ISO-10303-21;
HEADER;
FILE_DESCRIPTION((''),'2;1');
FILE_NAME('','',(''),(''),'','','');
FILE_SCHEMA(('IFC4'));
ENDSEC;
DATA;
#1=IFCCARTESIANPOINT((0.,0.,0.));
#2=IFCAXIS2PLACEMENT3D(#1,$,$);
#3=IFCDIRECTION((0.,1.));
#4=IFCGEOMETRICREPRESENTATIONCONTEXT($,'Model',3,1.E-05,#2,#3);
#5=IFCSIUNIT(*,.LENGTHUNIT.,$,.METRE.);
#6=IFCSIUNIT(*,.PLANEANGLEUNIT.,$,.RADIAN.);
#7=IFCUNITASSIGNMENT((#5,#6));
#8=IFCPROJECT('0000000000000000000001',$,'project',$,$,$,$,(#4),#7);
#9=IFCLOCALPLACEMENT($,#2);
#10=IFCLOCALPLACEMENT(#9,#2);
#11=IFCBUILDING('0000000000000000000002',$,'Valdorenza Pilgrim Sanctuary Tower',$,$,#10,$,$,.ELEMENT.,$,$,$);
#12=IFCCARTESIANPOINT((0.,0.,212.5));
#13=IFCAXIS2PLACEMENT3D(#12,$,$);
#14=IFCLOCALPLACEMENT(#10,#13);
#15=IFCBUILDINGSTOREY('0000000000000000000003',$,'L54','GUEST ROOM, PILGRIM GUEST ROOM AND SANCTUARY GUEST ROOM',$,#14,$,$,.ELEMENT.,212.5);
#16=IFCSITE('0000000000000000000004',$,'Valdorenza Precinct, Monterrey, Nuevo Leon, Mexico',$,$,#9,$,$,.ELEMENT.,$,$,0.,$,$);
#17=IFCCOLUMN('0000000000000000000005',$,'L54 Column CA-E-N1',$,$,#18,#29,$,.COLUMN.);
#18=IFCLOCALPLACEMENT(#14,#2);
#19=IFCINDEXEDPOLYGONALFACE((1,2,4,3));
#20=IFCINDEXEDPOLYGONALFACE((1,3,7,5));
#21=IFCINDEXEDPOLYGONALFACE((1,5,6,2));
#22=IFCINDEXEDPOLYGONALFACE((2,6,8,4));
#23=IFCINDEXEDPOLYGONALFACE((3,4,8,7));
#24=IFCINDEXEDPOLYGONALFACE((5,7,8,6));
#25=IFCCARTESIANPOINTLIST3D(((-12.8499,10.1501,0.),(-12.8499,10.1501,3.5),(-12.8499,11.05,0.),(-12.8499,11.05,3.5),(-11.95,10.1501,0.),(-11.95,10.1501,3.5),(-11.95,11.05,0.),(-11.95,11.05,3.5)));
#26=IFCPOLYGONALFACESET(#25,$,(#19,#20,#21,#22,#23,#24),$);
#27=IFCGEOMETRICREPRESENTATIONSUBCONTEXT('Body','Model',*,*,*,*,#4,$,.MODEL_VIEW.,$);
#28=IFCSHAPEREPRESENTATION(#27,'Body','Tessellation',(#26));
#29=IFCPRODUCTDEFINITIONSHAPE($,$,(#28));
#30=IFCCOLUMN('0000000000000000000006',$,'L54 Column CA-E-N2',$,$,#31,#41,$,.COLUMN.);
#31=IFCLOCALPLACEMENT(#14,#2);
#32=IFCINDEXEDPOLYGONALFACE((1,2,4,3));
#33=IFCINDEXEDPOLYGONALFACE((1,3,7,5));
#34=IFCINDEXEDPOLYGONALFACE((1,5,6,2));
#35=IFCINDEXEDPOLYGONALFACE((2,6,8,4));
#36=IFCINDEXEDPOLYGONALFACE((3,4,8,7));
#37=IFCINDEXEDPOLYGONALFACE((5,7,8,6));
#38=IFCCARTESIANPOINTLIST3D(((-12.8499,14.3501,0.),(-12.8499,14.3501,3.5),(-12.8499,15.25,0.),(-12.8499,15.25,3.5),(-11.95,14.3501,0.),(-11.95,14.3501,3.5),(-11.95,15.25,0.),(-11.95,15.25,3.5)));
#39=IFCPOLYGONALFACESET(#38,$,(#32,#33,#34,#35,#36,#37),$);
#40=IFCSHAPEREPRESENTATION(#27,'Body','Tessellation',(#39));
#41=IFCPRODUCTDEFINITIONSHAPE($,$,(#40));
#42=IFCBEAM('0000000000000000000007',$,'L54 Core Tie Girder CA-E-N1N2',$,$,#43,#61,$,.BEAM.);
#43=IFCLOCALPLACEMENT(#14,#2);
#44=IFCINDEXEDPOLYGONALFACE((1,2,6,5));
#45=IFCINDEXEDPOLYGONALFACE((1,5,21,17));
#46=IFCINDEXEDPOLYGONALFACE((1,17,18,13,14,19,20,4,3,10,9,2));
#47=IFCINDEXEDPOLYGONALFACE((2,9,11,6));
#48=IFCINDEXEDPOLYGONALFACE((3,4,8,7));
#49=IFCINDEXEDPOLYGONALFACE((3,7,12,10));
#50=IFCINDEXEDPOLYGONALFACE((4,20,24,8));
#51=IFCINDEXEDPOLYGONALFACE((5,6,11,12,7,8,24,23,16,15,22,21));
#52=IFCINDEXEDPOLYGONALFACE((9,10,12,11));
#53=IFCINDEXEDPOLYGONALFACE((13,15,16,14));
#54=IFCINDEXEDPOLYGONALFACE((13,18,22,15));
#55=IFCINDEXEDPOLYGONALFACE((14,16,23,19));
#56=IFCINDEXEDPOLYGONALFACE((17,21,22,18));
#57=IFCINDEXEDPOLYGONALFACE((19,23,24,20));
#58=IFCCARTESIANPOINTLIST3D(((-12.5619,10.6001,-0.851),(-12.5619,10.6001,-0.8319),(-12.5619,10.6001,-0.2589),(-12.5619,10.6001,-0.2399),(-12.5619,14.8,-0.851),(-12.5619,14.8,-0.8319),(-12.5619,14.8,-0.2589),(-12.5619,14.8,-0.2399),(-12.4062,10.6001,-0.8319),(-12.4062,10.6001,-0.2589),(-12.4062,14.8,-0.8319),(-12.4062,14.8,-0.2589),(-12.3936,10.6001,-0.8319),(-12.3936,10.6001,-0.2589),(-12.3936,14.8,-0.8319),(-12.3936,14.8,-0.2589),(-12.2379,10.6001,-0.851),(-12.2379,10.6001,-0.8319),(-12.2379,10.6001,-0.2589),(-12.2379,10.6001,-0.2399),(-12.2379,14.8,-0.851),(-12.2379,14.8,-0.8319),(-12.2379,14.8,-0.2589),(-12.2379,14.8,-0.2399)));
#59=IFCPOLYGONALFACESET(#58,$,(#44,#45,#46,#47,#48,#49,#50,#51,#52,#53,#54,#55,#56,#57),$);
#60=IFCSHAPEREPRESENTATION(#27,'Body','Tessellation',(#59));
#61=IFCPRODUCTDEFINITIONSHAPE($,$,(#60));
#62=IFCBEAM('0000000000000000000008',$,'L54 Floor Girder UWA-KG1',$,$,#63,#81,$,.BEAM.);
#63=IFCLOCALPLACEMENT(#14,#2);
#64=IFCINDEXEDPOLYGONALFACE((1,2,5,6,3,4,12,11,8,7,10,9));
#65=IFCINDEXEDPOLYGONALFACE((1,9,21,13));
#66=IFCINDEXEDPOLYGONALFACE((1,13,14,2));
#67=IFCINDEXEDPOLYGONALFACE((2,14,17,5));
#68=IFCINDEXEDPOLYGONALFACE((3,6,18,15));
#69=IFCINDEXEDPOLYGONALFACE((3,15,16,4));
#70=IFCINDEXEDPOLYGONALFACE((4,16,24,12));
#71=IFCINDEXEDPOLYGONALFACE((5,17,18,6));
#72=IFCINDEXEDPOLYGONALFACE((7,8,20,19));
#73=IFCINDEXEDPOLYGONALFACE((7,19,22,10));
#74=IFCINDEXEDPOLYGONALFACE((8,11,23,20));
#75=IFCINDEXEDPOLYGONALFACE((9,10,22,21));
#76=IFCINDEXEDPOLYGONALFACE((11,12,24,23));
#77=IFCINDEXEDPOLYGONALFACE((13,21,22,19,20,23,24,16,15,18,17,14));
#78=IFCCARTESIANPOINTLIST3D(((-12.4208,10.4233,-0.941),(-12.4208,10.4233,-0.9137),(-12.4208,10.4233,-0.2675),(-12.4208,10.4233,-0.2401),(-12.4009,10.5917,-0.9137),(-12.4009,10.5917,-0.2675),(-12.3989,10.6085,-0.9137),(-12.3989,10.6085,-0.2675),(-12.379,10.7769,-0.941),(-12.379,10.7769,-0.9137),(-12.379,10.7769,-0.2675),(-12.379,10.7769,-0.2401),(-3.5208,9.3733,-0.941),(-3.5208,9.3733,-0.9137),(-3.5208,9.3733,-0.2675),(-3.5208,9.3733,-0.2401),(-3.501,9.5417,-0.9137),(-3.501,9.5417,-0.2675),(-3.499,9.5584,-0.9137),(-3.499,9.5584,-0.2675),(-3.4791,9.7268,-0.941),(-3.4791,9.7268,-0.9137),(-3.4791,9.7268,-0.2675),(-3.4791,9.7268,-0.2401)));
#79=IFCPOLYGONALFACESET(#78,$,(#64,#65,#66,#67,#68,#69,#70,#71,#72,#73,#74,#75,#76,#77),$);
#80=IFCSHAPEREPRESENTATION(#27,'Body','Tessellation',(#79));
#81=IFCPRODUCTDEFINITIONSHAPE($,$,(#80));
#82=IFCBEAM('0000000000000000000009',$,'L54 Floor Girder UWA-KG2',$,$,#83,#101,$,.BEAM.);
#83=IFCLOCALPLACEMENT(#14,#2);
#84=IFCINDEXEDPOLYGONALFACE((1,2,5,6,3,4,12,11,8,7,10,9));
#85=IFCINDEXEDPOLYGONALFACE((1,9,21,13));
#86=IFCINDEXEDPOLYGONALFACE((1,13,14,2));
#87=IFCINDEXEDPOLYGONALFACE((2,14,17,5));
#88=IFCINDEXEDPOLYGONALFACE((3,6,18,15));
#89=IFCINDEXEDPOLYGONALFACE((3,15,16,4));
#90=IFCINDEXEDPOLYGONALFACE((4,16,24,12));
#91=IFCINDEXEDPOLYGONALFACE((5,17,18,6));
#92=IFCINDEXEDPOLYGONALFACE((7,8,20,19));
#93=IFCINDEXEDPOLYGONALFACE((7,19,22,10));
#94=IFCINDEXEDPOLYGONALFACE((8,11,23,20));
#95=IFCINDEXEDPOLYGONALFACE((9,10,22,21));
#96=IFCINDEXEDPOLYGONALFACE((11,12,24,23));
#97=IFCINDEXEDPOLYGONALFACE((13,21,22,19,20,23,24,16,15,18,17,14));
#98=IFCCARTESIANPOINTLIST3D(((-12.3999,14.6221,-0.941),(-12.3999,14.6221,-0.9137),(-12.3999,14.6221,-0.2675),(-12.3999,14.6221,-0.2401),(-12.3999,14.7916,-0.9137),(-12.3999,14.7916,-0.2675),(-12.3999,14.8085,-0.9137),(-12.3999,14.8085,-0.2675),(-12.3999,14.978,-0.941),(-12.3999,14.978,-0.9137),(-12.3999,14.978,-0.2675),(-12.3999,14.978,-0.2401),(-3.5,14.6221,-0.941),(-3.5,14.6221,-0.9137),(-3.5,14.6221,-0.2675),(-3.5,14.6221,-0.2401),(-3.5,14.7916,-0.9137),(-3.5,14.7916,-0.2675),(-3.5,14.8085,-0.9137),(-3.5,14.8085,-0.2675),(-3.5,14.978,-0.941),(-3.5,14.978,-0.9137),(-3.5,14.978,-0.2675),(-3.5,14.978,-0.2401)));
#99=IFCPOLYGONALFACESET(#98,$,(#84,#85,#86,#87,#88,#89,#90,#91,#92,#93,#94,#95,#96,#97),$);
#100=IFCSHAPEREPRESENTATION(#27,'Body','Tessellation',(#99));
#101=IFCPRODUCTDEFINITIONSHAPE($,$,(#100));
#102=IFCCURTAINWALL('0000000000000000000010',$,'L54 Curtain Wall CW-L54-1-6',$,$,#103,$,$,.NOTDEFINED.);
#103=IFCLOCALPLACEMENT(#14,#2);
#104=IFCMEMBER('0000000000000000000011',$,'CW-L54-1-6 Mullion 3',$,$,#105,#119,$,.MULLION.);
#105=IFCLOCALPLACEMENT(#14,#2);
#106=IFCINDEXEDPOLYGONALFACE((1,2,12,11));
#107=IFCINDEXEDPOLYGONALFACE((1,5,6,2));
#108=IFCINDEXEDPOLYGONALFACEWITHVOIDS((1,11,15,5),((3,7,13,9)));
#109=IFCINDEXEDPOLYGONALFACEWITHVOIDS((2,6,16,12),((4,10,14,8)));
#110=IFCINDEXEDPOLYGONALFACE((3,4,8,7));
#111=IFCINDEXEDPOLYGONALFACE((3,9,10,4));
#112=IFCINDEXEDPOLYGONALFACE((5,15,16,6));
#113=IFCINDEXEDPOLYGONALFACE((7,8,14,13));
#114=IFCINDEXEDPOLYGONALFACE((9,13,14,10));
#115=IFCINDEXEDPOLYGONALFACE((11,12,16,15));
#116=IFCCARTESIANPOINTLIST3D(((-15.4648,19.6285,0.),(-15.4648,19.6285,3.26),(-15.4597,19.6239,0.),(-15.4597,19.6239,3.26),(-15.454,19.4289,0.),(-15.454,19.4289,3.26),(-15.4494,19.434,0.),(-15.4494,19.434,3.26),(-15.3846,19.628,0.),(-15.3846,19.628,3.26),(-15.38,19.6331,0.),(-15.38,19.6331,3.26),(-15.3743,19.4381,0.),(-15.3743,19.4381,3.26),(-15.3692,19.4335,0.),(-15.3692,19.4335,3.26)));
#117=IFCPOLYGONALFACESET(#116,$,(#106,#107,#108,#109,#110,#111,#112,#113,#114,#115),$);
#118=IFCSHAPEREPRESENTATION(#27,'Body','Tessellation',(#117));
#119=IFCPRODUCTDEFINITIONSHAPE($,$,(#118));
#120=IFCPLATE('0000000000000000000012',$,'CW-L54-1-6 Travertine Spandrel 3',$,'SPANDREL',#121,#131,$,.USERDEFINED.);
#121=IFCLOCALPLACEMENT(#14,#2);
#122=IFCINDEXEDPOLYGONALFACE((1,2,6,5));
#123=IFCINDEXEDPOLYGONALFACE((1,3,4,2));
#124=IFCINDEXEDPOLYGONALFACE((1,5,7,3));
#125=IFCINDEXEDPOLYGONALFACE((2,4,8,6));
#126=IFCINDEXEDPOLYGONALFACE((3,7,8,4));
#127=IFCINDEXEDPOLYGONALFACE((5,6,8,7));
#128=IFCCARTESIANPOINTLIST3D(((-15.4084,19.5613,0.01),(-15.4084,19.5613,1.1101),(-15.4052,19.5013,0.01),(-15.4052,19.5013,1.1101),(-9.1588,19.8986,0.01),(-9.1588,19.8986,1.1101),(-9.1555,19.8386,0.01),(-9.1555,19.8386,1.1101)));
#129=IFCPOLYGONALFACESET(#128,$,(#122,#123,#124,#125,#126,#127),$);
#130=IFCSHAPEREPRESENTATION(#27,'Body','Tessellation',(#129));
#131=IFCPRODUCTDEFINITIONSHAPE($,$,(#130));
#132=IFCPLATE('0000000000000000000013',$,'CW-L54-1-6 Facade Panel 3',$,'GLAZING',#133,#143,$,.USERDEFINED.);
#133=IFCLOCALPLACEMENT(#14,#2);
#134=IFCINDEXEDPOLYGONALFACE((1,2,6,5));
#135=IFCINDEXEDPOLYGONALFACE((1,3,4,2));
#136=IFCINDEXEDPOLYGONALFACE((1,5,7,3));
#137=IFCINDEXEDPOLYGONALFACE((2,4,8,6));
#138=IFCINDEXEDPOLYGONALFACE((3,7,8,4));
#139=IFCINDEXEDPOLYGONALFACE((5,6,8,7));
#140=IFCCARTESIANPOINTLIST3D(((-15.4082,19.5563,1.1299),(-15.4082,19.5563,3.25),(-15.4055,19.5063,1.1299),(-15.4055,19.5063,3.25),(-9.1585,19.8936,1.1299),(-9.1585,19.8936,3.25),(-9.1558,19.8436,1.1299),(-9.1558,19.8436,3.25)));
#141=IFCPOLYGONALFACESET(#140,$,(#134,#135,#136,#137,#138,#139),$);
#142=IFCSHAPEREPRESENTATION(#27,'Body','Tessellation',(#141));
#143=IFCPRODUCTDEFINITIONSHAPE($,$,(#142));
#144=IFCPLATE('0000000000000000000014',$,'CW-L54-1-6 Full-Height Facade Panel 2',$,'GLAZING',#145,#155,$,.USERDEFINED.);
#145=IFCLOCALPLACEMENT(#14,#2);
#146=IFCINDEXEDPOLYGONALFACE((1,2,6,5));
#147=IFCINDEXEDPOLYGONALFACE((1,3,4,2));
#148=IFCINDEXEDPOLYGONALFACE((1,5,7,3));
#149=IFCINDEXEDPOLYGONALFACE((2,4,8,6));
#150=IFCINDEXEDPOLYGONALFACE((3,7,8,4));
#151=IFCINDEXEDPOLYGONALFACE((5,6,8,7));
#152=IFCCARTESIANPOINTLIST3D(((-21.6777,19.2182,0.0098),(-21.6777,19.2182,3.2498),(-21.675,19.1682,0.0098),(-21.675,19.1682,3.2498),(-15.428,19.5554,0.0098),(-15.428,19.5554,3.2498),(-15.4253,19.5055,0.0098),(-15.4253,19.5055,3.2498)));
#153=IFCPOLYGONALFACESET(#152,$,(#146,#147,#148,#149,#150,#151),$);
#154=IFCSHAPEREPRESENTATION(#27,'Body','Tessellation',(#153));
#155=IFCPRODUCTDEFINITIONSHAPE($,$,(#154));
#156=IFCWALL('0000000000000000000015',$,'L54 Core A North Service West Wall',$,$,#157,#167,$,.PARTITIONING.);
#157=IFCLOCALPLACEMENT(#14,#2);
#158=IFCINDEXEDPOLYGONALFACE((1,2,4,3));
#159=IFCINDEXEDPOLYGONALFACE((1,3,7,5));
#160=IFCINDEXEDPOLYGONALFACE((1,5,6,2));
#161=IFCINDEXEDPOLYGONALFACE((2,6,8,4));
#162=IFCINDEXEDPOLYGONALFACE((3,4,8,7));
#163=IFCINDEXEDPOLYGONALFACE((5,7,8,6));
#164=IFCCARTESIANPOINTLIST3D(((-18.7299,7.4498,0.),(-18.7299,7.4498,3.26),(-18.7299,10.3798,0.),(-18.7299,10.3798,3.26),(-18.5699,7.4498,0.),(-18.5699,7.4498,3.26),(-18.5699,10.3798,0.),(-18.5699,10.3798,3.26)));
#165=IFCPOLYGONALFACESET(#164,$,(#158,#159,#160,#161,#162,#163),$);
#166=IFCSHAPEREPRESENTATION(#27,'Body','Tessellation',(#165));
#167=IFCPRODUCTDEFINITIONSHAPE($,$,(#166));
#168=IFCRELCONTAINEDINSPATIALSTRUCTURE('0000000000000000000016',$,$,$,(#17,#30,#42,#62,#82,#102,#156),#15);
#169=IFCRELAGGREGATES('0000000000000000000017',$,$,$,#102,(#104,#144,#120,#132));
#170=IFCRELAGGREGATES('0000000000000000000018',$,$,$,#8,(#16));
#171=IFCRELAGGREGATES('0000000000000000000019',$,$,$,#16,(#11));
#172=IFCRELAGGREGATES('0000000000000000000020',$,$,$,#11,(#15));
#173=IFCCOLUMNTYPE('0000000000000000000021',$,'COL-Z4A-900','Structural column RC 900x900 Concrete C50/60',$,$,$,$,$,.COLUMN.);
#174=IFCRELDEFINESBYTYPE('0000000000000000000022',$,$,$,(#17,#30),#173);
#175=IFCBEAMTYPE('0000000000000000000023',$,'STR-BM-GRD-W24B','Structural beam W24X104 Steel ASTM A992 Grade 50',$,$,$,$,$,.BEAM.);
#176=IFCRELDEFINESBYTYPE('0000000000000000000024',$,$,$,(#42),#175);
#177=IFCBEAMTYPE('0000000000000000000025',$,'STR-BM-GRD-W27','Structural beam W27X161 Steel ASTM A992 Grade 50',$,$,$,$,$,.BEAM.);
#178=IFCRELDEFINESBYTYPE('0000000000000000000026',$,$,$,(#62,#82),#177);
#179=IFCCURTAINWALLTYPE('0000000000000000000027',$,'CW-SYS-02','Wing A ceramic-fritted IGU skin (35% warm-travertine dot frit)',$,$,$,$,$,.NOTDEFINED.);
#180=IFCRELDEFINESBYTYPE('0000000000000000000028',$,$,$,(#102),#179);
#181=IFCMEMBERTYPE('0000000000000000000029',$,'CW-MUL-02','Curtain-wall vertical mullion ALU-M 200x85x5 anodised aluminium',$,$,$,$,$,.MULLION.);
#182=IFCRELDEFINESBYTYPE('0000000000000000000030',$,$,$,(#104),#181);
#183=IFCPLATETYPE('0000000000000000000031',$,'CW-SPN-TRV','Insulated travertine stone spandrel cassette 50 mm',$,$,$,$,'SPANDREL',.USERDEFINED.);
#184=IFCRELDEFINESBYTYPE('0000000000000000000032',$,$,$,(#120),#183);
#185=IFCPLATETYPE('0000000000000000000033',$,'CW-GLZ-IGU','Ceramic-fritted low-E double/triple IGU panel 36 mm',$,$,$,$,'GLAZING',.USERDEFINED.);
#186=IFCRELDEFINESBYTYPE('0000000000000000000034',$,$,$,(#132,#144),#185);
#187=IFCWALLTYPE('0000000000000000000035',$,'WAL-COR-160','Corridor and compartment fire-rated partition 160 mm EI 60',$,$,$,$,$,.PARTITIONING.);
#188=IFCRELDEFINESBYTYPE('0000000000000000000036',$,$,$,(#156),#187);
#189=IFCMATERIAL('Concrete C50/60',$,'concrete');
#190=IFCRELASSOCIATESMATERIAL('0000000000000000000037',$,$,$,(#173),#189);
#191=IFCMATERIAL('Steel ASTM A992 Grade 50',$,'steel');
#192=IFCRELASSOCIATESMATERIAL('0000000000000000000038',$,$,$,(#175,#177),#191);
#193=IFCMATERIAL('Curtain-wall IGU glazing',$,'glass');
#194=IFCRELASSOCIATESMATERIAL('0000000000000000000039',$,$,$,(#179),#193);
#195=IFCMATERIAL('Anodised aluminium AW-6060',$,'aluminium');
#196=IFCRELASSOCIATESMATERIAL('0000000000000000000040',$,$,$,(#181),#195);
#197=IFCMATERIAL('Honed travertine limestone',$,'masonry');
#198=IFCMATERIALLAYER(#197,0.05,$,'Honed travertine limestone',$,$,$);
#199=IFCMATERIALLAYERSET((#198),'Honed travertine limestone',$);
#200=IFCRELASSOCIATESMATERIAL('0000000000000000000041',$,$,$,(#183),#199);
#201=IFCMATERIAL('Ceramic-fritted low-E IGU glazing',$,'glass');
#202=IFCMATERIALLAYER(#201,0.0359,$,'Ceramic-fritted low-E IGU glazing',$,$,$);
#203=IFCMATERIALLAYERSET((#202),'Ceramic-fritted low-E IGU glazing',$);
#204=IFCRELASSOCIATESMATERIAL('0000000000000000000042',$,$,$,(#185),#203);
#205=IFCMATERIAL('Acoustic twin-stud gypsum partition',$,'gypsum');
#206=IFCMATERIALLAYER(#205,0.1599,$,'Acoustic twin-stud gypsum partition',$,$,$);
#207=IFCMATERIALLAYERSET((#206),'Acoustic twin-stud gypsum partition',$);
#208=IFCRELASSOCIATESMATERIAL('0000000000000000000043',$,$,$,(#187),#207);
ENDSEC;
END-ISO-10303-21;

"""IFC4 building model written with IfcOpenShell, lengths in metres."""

from ifc_helpers import new_model, si_unit, direction, frame, frame_2d, origin, origin_2d, place, context, subcontext, project, spatial, rectangle, hollow_rectangle, i_section, extrude, source, transform, mapped, material, layer, layer_set, material_profile, profile_set, type_object, element, aggregate, save


model = new_model("IFC4")

# Units and contexts
model_context = context("Model", 3, precision=1e-05, world=origin(), true_north=direction((0.0, 1.0)))
body_context = subcontext(model_context, "Body", "Model", "MODEL_VIEW")
ifc_project = project(units=[si_unit("LENGTHUNIT", "METRE"), si_unit("PLANEANGLEUNIT", "RADIAN")], contexts=[model_context])

# Site, building, storey
site_placement = place(None, origin())
site = spatial("IfcSite", under=ifc_project, at=site_placement, Name="Valdorenza Precinct, Monterrey, Nuevo Leon, Mexico", CompositionType="ELEMENT", RefElevation=0.0)
building_placement = place(site_placement, origin())
building = spatial("IfcBuilding", under=site, at=building_placement, Name="Valdorenza Pilgrim Sanctuary Tower", CompositionType="ELEMENT")
storey_placement = place(building_placement, frame((0.0, 0.0, 212.5)))
storey = spatial("IfcBuildingStorey", under=building, at=storey_placement, Name="L54", Description="GUEST ROOM, PILGRIM GUEST ROOM AND SANCTUARY GUEST ROOM", CompositionType="ELEMENT", Elevation=212.5)

# Columns
ifc_material_1 = material(Name="Concrete C50/60", Category="concrete")
ifc_material_profile_1 = material_profile(ifc_material_1, rectangle(XDim=0.8999, YDim=0.8999, at=origin_2d()), Name="RC 900x900")
ifc_profile_set_1 = profile_set([ifc_material_profile_1], Name="Concrete C50/60")
column_type = type_object("IfcColumnType", Name="COL-Z4A-900", Description="Structural column RC 900x900 Concrete C50/60", PredefinedType="COLUMN", material=ifc_profile_set_1)
shared_shape_1 = source(origin(), body_context, "Body", "SweptSolid", [
    extrude(rectangle(XDim=0.8999, YDim=0.8999, at=origin_2d()), origin(), (0.0, 0.0, 1.0), 3.5),
])
for number, where, z_axis, x_axis, name in (
    (1, (-12.3999, 10.6001, 0.0), (0.0, 0.0, 1.0), (1.0, 0.0, 0.0), "L54 Column CA-E-N1"),
    (2, (-12.3999, 14.8, 0.0), (0.0, 0.0, 1.0), (1.0, 0.0, 0.0), "L54 Column CA-E-N2"),
):
    element("IfcColumn", number, at=place(storey_placement, frame(where, z_axis=z_axis, x_axis=x_axis)), inside=storey, type_object=column_type, Name=name, PredefinedType="COLUMN", context=body_context, shape_type="MappedRepresentation", body=[
        mapped(shared_shape_1, transform((0.0, 0.0, 0.0), x_axis=(1.0, 0.0, 0.0), y_axis=(0.0, 1.0, 0.0), z_axis=(0.0, 0.0, 1.0), scale=1.0)),
    ])

# Beams
ifc_material_2 = material(Name="Steel ASTM A992 Grade 50", Category="steel")
ifc_material_profile_2 = material_profile(ifc_material_2, i_section(OverallWidth=0.324, OverallDepth=0.6111, WebThickness=0.0127, FlangeThickness=0.019, at=origin_2d()), Name="W24X104")
ifc_profile_set_2 = profile_set([ifc_material_profile_2], Name="Steel ASTM A992 Grade 50")
beam_type_1 = type_object("IfcBeamType", Name="STR-BM-GRD-W24B", Description="Structural beam W24X104 Steel ASTM A992 Grade 50", PredefinedType="BEAM", material=ifc_profile_set_2)
shared_shape_2 = source(origin(), body_context, "Body", "SweptSolid", [
    extrude(i_section(OverallWidth=0.324, OverallDepth=0.6111, WebThickness=0.0127, FlangeThickness=0.019, at=origin_2d()), origin(), (0.0, 0.0, 1.0), 4.2),
])
beam_1_placement = place(storey_placement, frame((-12.3999, 10.6001, -0.5454), z_axis=(0.0, 1.0, 0.0), x_axis=(-1.0, 0.0, 0.0)))
element("IfcBeam", 3, at=beam_1_placement, inside=storey, type_object=beam_type_1, Name="L54 Core Tie Girder CA-E-N1N2", PredefinedType="BEAM", context=body_context, shape_type="MappedRepresentation", body=[
    mapped(shared_shape_2, transform((0.0, 0.0, 0.0), x_axis=(1.0, 0.0, 0.0), y_axis=(0.0, 1.0, 0.0), z_axis=(0.0, 0.0, 1.0), scale=1.0)),
])
ifc_material_profile_3 = material_profile(ifc_material_2, i_section(OverallWidth=0.356, OverallDepth=0.7009, WebThickness=0.0168, FlangeThickness=0.0273, at=origin_2d()), Name="W27X161")
ifc_profile_set_3 = profile_set([ifc_material_profile_3], Name="Steel ASTM A992 Grade 50")
beam_type_2 = type_object("IfcBeamType", Name="STR-BM-GRD-W27", Description="Structural beam W27X161 Steel ASTM A992 Grade 50", PredefinedType="BEAM", material=ifc_profile_set_3)
shared_shape_3 = source(origin(), body_context, "Body", "SweptSolid", [
    extrude(i_section(OverallWidth=0.356, OverallDepth=0.7009, WebThickness=0.0168, FlangeThickness=0.0273, at=origin_2d()), origin(), (0.0, 0.0, 1.0), 8.9617),
])
beam_2_placement = place(storey_placement, frame((-12.3999, 10.6001, -0.5906), z_axis=(0.993112, -0.117172, 0.0), x_axis=(0.117172, 0.993112, 0.0)))
element("IfcBeam", 4, at=beam_2_placement, inside=storey, type_object=beam_type_2, Name="L54 Floor Girder UWA-KG1", PredefinedType="BEAM", context=body_context, shape_type="MappedRepresentation", body=[
    mapped(shared_shape_3, transform((0.0, 0.0, 0.0), x_axis=(1.0, 0.0, 0.0), y_axis=(0.0, 1.0, 0.0), z_axis=(0.0, 0.0, 1.0), scale=1.0)),
])
shared_shape_4 = source(origin(), body_context, "Body", "SweptSolid", [
    extrude(i_section(OverallWidth=0.356, OverallDepth=0.7009, WebThickness=0.0168, FlangeThickness=0.0273, at=origin_2d()), origin(), (0.0, 0.0, 1.0), 8.8999),
])
beam_3_placement = place(storey_placement, frame((-12.3999, 14.8, -0.5906), z_axis=(1.0, 0.0, 0.0), x_axis=(0.0, 1.0, 0.0)))
element("IfcBeam", 5, at=beam_3_placement, inside=storey, type_object=beam_type_2, Name="L54 Floor Girder UWA-KG2", PredefinedType="BEAM", context=body_context, shape_type="MappedRepresentation", body=[
    mapped(shared_shape_4, transform((0.0, 0.0, 0.0), x_axis=(1.0, 0.0, 0.0), y_axis=(0.0, 1.0, 0.0), z_axis=(0.0, 0.0, 1.0), scale=1.0)),
])

# Curtain wall, member, plates
ifc_material_3 = material(Name="Curtain-wall IGU glazing", Category="glass")
curtain_wall_type = type_object("IfcCurtainWallType", Name="CW-SYS-02", Description="Wing A ceramic-fritted IGU skin (35% warm-travertine dot frit)", PredefinedType="NOTDEFINED", material=ifc_material_3)
curtain_wall_placement = place(storey_placement, origin())
curtain_wall = element("IfcCurtainWall", 6, at=curtain_wall_placement, inside=storey, type_object=curtain_wall_type, Name="L54 Curtain Wall CW-L54-1-6", PredefinedType="NOTDEFINED")
ifc_material_4 = material(Name="Anodised aluminium AW-6060", Category="aluminium")
ifc_material_profile_4 = material_profile(ifc_material_4, hollow_rectangle(XDim=0.085, YDim=0.2, WallThickness=0.0049, at=origin_2d()), Name="ALU-M 200x85x5")
ifc_profile_set_4 = profile_set([ifc_material_profile_4], Name="Anodised aluminium AW-6060")
member_type = type_object("IfcMemberType", Name="CW-MUL-02", Description="Curtain-wall vertical mullion ALU-M 200x85x5 anodised aluminium", PredefinedType="MULLION", material=ifc_profile_set_4)
shared_shape_5 = source(origin(), body_context, "Body", "SweptSolid", [
    extrude(hollow_rectangle(XDim=0.085, YDim=0.2, WallThickness=0.0049, at=origin_2d()), origin(), (0.0, 0.0, 1.0), 3.26),
])
member_placement = place(storey_placement, frame((-15.417, 19.531, 0.0), z_axis=(0.0, 0.0, 1.0), x_axis=(0.998547, 0.053887, 0.0)))
member = element("IfcMember", 7, at=member_placement, type_object=member_type, Name="CW-L54-1-6 Mullion 3", PredefinedType="MULLION", context=body_context, shape_type="MappedRepresentation", body=[
    mapped(shared_shape_5, transform((0.0, 0.0, 0.0), x_axis=(1.0, 0.0, 0.0), y_axis=(0.0, 1.0, 0.0), z_axis=(0.0, 0.0, 1.0), scale=1.0)),
])
ifc_material_5 = material(Name="Honed travertine limestone", Category="masonry")
ifc_layer_1 = layer(ifc_material_5, 0.05, Name="Honed travertine limestone")
ifc_layer_set_1 = layer_set([ifc_layer_1], Name="Honed travertine limestone")
plate_type_1 = type_object("IfcPlateType", Name="CW-SPN-TRV", Description="Insulated travertine stone spandrel cassette 50 mm", ElementType="SPANDREL", PredefinedType="USERDEFINED", material=ifc_layer_set_1)
shared_shape_6 = source(origin(), body_context, "Body", "SweptSolid", [
    extrude(rectangle(XDim=6.2588, YDim=0.0601, at=origin_2d()), origin(), (0.0, 0.0, 1.0), 1.1001),
])
plate_1_placement = place(storey_placement, frame((-12.282, 19.7, 0.01), z_axis=(0.0, 0.0, 1.0), x_axis=(0.998547, 0.053887, 0.0)))
plate_1 = element("IfcPlate", 8, at=plate_1_placement, type_object=plate_type_1, Name="CW-L54-1-6 Travertine Spandrel 3", ObjectType="SPANDREL", PredefinedType="USERDEFINED", context=body_context, shape_type="MappedRepresentation", body=[
    mapped(shared_shape_6, transform((0.0, 0.0, 0.0), x_axis=(1.0, 0.0, 0.0), y_axis=(0.0, 1.0, 0.0), z_axis=(0.0, 0.0, 1.0), scale=1.0)),
])
ifc_material_6 = material(Name="Ceramic-fritted low-E IGU glazing", Category="glass")
ifc_layer_2 = layer(ifc_material_6, 0.0359, Name="Ceramic-fritted low-E IGU glazing")
ifc_layer_set_2 = layer_set([ifc_layer_2], Name="Ceramic-fritted low-E IGU glazing")
plate_type_2 = type_object("IfcPlateType", Name="CW-GLZ-IGU", Description="Ceramic-fritted low-E double/triple IGU panel 36 mm", ElementType="GLAZING", PredefinedType="USERDEFINED", material=ifc_layer_set_2)
shared_shape_7 = source(origin(), body_context, "Body", "SweptSolid", [
    extrude(rectangle(XDim=6.2588, YDim=0.05, at=origin_2d()), origin(), (0.0, 0.0, 1.0), 2.1201),
])
plate_2_placement = place(storey_placement, frame((-12.282, 19.7, 1.1299), z_axis=(0.0, 0.0, 1.0), x_axis=(0.998547, 0.053887, 0.0)))
plate_2 = element("IfcPlate", 9, at=plate_2_placement, type_object=plate_type_2, Name="CW-L54-1-6 Facade Panel 3", ObjectType="GLAZING", PredefinedType="USERDEFINED", context=body_context, shape_type="MappedRepresentation", body=[
    mapped(shared_shape_7, transform((0.0, 0.0, 0.0), x_axis=(1.0, 0.0, 0.0), y_axis=(0.0, 1.0, 0.0), z_axis=(0.0, 0.0, 1.0), scale=1.0)),
])
shared_shape_8 = source(origin(), body_context, "Body", "SweptSolid", [
    extrude(rectangle(XDim=6.2588, YDim=0.05, at=origin_2d()), origin(), (0.0, 0.0, 1.0), 3.24),
])
plate_3_placement = place(storey_placement, frame((-18.5515, 19.3618, 0.0098), z_axis=(0.0, 0.0, 1.0), x_axis=(0.998547, 0.053887, 0.0)))
plate_3 = element("IfcPlate", 10, at=plate_3_placement, type_object=plate_type_2, Name="CW-L54-1-6 Full-Height Facade Panel 2", ObjectType="GLAZING", PredefinedType="USERDEFINED", context=body_context, shape_type="MappedRepresentation", body=[
    mapped(shared_shape_8, transform((0.0, 0.0, 0.0), x_axis=(1.0, 0.0, 0.0), y_axis=(0.0, 1.0, 0.0), z_axis=(0.0, 0.0, 1.0), scale=1.0)),
])
aggregate(curtain_wall, [member, plate_3, plate_1, plate_2])

# Wall
ifc_material_7 = material(Name="Acoustic twin-stud gypsum partition", Category="gypsum")
ifc_layer_3 = layer(ifc_material_7, 0.1599, Name="Acoustic twin-stud gypsum partition")
ifc_layer_set_3 = layer_set([ifc_layer_3], Name="Acoustic twin-stud gypsum partition")
wall_type_1 = type_object("IfcWallType", Name="WAL-COR-160", Description="Corridor and compartment fire-rated partition 160 mm EI 60", PredefinedType="PARTITIONING", material=ifc_layer_set_3)
wall_1_placement = place(storey_placement, frame((-18.6499, 7.45, 0.0), z_axis=(0.0, 0.0, 1.0), x_axis=(0.0, 1.0, 0.0)))
element("IfcWall", 11, at=wall_1_placement, inside=storey, type_object=wall_type_1, Name="L54 Core A North Service West Wall", PredefinedType="PARTITIONING", context=body_context, shape_type="SweptSolid", body=[
    extrude(rectangle(XDim=2.9299, YDim=0.1599, at=frame_2d((1.4648, 0.0))), origin(), (0.0, 0.0, 1.0), 3.26),
])

save(model, "model.ifc")
